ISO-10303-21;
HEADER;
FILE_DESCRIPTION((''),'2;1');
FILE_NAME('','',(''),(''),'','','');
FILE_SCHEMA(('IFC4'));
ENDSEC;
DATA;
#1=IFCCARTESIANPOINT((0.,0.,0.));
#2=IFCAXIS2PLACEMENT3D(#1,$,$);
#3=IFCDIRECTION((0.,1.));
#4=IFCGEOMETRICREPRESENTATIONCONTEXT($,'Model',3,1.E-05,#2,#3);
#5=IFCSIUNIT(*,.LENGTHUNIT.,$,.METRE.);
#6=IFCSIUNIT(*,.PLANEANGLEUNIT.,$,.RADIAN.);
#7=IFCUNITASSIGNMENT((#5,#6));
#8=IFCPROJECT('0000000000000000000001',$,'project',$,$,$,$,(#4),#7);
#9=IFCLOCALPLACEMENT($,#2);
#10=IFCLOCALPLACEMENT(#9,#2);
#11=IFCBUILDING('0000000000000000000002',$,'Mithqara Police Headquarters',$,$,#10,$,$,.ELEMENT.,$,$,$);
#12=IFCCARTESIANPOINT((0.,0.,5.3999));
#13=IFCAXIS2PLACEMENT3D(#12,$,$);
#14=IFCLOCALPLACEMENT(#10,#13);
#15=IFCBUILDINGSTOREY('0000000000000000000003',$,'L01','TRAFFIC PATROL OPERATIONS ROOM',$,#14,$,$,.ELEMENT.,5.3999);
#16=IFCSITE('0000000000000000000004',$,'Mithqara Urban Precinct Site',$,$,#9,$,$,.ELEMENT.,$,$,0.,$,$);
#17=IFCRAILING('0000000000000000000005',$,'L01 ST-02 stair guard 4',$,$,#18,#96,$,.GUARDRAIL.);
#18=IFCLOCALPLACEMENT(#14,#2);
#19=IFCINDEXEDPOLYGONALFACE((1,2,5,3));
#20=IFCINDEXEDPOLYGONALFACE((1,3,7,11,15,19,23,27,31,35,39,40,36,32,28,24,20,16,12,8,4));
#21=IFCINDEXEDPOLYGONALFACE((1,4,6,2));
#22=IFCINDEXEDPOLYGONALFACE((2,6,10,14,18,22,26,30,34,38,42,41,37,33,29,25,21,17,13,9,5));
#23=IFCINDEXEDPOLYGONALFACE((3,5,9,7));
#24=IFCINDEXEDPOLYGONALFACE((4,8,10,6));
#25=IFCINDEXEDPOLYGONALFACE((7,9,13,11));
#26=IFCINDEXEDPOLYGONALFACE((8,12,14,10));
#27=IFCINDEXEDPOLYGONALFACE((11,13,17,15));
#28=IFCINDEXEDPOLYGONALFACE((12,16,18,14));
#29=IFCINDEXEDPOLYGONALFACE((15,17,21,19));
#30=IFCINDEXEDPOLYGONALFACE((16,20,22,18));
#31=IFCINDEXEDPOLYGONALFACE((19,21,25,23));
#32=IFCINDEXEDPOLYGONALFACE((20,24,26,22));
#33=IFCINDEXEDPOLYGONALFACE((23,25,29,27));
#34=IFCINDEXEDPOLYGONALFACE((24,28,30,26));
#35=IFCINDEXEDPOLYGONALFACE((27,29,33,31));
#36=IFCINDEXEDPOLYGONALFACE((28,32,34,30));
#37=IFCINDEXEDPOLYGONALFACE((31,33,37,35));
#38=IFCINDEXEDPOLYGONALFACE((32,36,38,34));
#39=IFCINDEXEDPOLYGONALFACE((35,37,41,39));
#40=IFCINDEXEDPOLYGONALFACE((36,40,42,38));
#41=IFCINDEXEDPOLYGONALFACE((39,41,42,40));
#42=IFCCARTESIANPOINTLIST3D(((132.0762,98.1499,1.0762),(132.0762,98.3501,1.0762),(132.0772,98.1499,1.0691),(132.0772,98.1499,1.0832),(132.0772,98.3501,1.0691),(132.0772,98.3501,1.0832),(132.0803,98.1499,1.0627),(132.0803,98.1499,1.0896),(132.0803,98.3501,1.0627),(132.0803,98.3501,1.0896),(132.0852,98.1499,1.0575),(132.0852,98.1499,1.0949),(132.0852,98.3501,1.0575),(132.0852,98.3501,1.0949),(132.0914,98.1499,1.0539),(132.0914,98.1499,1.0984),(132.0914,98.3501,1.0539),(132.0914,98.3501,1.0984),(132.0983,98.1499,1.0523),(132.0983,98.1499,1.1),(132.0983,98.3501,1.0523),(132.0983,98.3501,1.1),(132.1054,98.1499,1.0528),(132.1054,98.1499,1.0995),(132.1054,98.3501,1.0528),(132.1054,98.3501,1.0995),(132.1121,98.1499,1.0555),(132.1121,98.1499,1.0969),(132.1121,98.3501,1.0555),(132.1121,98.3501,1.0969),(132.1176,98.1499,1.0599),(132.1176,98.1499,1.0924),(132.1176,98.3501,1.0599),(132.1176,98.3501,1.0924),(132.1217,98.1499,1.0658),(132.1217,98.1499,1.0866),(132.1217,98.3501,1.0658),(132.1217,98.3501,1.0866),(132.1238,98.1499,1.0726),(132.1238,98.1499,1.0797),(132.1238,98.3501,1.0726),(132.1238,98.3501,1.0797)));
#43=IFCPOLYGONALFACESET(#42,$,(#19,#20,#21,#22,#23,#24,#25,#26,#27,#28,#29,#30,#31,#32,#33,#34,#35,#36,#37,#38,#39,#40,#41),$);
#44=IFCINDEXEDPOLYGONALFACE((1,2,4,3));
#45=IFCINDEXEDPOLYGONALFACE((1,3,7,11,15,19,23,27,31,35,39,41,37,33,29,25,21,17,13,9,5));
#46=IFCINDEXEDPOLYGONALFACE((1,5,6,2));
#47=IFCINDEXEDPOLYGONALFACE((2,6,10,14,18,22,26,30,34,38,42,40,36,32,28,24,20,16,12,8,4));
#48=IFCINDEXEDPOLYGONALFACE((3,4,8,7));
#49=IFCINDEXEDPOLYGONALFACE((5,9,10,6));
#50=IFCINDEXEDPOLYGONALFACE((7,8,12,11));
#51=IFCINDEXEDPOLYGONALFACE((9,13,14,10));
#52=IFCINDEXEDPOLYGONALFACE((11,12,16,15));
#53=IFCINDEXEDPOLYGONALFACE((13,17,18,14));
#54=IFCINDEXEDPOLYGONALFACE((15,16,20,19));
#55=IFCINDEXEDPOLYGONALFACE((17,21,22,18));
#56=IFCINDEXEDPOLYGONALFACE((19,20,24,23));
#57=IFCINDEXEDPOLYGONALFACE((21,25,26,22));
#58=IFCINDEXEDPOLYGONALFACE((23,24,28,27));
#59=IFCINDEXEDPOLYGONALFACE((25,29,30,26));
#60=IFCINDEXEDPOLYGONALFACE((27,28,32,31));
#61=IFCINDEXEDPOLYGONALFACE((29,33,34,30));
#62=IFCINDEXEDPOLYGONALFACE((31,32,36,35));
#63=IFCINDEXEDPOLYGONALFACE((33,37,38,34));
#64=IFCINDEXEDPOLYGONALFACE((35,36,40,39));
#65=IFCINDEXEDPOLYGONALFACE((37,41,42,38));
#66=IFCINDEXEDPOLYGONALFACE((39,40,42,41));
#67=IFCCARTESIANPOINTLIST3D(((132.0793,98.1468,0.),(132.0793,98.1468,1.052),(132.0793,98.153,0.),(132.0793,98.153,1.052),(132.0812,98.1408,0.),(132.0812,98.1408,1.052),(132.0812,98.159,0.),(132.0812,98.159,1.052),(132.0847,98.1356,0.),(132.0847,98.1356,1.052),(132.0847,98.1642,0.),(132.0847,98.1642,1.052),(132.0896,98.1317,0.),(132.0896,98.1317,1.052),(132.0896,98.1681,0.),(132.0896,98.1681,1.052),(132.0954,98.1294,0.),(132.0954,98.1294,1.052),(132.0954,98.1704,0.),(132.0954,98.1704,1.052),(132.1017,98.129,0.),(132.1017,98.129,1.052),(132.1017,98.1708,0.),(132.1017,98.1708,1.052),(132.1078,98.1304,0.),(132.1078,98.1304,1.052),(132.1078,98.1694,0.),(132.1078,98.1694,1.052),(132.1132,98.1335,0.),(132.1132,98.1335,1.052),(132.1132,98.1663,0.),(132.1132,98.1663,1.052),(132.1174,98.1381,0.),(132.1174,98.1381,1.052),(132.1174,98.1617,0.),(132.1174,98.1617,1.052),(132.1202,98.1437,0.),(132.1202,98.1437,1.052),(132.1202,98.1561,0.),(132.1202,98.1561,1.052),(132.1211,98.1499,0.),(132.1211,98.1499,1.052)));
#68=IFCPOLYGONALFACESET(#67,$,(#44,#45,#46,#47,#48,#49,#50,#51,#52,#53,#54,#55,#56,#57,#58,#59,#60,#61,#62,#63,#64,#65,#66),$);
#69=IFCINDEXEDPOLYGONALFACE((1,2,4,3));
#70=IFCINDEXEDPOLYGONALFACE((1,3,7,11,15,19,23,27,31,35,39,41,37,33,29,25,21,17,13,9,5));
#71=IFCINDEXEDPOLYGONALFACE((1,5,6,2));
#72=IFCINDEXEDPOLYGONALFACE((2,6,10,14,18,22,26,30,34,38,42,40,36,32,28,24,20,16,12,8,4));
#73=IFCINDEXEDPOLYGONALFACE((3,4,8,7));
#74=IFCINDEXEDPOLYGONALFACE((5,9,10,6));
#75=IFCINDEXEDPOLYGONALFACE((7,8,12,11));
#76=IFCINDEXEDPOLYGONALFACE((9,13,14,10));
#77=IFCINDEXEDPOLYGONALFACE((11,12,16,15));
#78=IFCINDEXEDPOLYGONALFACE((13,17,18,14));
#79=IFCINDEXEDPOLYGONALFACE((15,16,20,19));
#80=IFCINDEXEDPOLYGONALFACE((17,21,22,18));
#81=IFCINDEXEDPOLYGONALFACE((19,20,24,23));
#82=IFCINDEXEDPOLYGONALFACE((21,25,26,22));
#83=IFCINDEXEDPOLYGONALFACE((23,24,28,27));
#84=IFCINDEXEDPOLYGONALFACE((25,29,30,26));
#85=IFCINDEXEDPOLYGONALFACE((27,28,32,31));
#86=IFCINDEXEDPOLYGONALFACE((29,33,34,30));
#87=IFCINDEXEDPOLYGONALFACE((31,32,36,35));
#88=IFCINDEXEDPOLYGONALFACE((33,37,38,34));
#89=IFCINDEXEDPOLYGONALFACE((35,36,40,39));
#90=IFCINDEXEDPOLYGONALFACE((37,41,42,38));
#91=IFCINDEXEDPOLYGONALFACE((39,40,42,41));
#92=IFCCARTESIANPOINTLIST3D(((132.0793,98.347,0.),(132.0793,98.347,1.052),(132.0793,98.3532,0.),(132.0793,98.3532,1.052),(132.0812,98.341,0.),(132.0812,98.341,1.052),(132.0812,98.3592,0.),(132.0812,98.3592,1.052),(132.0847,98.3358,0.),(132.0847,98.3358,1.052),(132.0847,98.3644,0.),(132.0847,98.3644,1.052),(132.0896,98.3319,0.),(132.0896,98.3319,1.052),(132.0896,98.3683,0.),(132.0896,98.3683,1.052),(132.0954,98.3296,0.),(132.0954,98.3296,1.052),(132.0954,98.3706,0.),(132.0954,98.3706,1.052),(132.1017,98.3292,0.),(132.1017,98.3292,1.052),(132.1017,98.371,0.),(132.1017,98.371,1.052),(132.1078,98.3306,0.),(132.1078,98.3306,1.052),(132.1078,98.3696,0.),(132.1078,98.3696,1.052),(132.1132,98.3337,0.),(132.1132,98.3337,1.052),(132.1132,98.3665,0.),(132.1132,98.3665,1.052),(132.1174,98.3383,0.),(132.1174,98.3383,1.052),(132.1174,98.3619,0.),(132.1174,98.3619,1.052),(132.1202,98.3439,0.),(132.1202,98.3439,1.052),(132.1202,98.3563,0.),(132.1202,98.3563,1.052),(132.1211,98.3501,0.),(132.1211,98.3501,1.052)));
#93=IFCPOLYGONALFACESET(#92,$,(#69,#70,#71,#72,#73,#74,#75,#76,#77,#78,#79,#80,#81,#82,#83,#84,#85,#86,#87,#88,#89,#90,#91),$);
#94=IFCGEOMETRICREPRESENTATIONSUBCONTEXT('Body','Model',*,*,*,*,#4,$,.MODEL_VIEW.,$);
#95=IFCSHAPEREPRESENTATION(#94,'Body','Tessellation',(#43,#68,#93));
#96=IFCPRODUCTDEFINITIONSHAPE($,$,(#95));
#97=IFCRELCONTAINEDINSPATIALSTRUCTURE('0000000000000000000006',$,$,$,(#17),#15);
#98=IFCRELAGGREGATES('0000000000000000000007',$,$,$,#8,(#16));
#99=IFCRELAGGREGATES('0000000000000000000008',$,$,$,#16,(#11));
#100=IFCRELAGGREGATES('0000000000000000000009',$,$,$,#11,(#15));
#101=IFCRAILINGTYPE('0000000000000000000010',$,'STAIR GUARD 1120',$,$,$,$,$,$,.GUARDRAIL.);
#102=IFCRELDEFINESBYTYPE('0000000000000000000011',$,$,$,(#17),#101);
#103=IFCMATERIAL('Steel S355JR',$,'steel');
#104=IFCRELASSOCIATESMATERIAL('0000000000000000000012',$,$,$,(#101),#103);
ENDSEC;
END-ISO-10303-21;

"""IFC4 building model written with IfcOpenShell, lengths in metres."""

from ifc_helpers import new_model, si_unit, direction, frame, origin, origin_2d, place, context, subcontext, project, spatial, circle, extrude, material, type_object, element, save


model = new_model("IFC4")

# Units and contexts
model_context = context("Model", 3, precision=1e-05, world=origin(), true_north=direction((0.0, 1.0)))
body_context = subcontext(model_context, "Body", "Model", "MODEL_VIEW")
ifc_project = project(units=[si_unit("LENGTHUNIT", "METRE"), si_unit("PLANEANGLEUNIT", "RADIAN")], contexts=[model_context])

# Site, building, storey
site_placement = place(None, origin())
site = spatial("IfcSite", under=ifc_project, at=site_placement, Name="Mithqara Urban Precinct Site", CompositionType="ELEMENT", RefElevation=0.0)
building_placement = place(site_placement, origin())
building = spatial("IfcBuilding", under=site, at=building_placement, Name="Mithqara Police Headquarters", CompositionType="ELEMENT")
storey_placement = place(building_placement, frame((0.0, 0.0, 5.3999)))
storey = spatial("IfcBuildingStorey", under=building, at=storey_placement, Name="L01", Description="TRAFFIC PATROL OPERATIONS ROOM", CompositionType="ELEMENT", Elevation=5.3999)

# Shared definitions
ifc_material_1 = material(Name="Steel S355JR", Category="steel")

# Railing
railing_type_1 = type_object("IfcRailingType", Name="STAIR GUARD 1120", PredefinedType="GUARDRAIL", material=ifc_material_1)
railing_1_placement = place(storey_placement, frame((132.1001, 98.1499, 0.0)))
element("IfcRailing", 1, at=railing_1_placement, inside=storey, type_object=railing_type_1, Name="L01 ST-02 stair guard 4", PredefinedType="GUARDRAIL", context=body_context, shape_type="SweptSolid", body=[
    extrude(circle(Radius=0.0239, at=origin_2d()), frame((0.0, 0.0, 1.0762), z_axis=(0.0, 1.0, 0.0), x_axis=(-1.0, 0.0, 0.0)), (0.0, 0.0, 1.0), 0.2002),
    extrude(circle(Radius=0.021, at=origin_2d()), origin(), (0.0, 0.0, 1.0), 1.052),
    extrude(circle(Radius=0.021, at=origin_2d()), frame((0.0, 0.2002, 0.0)), (0.0, 0.0, 1.0), 1.052),
])

save(model, "model.ifc")
